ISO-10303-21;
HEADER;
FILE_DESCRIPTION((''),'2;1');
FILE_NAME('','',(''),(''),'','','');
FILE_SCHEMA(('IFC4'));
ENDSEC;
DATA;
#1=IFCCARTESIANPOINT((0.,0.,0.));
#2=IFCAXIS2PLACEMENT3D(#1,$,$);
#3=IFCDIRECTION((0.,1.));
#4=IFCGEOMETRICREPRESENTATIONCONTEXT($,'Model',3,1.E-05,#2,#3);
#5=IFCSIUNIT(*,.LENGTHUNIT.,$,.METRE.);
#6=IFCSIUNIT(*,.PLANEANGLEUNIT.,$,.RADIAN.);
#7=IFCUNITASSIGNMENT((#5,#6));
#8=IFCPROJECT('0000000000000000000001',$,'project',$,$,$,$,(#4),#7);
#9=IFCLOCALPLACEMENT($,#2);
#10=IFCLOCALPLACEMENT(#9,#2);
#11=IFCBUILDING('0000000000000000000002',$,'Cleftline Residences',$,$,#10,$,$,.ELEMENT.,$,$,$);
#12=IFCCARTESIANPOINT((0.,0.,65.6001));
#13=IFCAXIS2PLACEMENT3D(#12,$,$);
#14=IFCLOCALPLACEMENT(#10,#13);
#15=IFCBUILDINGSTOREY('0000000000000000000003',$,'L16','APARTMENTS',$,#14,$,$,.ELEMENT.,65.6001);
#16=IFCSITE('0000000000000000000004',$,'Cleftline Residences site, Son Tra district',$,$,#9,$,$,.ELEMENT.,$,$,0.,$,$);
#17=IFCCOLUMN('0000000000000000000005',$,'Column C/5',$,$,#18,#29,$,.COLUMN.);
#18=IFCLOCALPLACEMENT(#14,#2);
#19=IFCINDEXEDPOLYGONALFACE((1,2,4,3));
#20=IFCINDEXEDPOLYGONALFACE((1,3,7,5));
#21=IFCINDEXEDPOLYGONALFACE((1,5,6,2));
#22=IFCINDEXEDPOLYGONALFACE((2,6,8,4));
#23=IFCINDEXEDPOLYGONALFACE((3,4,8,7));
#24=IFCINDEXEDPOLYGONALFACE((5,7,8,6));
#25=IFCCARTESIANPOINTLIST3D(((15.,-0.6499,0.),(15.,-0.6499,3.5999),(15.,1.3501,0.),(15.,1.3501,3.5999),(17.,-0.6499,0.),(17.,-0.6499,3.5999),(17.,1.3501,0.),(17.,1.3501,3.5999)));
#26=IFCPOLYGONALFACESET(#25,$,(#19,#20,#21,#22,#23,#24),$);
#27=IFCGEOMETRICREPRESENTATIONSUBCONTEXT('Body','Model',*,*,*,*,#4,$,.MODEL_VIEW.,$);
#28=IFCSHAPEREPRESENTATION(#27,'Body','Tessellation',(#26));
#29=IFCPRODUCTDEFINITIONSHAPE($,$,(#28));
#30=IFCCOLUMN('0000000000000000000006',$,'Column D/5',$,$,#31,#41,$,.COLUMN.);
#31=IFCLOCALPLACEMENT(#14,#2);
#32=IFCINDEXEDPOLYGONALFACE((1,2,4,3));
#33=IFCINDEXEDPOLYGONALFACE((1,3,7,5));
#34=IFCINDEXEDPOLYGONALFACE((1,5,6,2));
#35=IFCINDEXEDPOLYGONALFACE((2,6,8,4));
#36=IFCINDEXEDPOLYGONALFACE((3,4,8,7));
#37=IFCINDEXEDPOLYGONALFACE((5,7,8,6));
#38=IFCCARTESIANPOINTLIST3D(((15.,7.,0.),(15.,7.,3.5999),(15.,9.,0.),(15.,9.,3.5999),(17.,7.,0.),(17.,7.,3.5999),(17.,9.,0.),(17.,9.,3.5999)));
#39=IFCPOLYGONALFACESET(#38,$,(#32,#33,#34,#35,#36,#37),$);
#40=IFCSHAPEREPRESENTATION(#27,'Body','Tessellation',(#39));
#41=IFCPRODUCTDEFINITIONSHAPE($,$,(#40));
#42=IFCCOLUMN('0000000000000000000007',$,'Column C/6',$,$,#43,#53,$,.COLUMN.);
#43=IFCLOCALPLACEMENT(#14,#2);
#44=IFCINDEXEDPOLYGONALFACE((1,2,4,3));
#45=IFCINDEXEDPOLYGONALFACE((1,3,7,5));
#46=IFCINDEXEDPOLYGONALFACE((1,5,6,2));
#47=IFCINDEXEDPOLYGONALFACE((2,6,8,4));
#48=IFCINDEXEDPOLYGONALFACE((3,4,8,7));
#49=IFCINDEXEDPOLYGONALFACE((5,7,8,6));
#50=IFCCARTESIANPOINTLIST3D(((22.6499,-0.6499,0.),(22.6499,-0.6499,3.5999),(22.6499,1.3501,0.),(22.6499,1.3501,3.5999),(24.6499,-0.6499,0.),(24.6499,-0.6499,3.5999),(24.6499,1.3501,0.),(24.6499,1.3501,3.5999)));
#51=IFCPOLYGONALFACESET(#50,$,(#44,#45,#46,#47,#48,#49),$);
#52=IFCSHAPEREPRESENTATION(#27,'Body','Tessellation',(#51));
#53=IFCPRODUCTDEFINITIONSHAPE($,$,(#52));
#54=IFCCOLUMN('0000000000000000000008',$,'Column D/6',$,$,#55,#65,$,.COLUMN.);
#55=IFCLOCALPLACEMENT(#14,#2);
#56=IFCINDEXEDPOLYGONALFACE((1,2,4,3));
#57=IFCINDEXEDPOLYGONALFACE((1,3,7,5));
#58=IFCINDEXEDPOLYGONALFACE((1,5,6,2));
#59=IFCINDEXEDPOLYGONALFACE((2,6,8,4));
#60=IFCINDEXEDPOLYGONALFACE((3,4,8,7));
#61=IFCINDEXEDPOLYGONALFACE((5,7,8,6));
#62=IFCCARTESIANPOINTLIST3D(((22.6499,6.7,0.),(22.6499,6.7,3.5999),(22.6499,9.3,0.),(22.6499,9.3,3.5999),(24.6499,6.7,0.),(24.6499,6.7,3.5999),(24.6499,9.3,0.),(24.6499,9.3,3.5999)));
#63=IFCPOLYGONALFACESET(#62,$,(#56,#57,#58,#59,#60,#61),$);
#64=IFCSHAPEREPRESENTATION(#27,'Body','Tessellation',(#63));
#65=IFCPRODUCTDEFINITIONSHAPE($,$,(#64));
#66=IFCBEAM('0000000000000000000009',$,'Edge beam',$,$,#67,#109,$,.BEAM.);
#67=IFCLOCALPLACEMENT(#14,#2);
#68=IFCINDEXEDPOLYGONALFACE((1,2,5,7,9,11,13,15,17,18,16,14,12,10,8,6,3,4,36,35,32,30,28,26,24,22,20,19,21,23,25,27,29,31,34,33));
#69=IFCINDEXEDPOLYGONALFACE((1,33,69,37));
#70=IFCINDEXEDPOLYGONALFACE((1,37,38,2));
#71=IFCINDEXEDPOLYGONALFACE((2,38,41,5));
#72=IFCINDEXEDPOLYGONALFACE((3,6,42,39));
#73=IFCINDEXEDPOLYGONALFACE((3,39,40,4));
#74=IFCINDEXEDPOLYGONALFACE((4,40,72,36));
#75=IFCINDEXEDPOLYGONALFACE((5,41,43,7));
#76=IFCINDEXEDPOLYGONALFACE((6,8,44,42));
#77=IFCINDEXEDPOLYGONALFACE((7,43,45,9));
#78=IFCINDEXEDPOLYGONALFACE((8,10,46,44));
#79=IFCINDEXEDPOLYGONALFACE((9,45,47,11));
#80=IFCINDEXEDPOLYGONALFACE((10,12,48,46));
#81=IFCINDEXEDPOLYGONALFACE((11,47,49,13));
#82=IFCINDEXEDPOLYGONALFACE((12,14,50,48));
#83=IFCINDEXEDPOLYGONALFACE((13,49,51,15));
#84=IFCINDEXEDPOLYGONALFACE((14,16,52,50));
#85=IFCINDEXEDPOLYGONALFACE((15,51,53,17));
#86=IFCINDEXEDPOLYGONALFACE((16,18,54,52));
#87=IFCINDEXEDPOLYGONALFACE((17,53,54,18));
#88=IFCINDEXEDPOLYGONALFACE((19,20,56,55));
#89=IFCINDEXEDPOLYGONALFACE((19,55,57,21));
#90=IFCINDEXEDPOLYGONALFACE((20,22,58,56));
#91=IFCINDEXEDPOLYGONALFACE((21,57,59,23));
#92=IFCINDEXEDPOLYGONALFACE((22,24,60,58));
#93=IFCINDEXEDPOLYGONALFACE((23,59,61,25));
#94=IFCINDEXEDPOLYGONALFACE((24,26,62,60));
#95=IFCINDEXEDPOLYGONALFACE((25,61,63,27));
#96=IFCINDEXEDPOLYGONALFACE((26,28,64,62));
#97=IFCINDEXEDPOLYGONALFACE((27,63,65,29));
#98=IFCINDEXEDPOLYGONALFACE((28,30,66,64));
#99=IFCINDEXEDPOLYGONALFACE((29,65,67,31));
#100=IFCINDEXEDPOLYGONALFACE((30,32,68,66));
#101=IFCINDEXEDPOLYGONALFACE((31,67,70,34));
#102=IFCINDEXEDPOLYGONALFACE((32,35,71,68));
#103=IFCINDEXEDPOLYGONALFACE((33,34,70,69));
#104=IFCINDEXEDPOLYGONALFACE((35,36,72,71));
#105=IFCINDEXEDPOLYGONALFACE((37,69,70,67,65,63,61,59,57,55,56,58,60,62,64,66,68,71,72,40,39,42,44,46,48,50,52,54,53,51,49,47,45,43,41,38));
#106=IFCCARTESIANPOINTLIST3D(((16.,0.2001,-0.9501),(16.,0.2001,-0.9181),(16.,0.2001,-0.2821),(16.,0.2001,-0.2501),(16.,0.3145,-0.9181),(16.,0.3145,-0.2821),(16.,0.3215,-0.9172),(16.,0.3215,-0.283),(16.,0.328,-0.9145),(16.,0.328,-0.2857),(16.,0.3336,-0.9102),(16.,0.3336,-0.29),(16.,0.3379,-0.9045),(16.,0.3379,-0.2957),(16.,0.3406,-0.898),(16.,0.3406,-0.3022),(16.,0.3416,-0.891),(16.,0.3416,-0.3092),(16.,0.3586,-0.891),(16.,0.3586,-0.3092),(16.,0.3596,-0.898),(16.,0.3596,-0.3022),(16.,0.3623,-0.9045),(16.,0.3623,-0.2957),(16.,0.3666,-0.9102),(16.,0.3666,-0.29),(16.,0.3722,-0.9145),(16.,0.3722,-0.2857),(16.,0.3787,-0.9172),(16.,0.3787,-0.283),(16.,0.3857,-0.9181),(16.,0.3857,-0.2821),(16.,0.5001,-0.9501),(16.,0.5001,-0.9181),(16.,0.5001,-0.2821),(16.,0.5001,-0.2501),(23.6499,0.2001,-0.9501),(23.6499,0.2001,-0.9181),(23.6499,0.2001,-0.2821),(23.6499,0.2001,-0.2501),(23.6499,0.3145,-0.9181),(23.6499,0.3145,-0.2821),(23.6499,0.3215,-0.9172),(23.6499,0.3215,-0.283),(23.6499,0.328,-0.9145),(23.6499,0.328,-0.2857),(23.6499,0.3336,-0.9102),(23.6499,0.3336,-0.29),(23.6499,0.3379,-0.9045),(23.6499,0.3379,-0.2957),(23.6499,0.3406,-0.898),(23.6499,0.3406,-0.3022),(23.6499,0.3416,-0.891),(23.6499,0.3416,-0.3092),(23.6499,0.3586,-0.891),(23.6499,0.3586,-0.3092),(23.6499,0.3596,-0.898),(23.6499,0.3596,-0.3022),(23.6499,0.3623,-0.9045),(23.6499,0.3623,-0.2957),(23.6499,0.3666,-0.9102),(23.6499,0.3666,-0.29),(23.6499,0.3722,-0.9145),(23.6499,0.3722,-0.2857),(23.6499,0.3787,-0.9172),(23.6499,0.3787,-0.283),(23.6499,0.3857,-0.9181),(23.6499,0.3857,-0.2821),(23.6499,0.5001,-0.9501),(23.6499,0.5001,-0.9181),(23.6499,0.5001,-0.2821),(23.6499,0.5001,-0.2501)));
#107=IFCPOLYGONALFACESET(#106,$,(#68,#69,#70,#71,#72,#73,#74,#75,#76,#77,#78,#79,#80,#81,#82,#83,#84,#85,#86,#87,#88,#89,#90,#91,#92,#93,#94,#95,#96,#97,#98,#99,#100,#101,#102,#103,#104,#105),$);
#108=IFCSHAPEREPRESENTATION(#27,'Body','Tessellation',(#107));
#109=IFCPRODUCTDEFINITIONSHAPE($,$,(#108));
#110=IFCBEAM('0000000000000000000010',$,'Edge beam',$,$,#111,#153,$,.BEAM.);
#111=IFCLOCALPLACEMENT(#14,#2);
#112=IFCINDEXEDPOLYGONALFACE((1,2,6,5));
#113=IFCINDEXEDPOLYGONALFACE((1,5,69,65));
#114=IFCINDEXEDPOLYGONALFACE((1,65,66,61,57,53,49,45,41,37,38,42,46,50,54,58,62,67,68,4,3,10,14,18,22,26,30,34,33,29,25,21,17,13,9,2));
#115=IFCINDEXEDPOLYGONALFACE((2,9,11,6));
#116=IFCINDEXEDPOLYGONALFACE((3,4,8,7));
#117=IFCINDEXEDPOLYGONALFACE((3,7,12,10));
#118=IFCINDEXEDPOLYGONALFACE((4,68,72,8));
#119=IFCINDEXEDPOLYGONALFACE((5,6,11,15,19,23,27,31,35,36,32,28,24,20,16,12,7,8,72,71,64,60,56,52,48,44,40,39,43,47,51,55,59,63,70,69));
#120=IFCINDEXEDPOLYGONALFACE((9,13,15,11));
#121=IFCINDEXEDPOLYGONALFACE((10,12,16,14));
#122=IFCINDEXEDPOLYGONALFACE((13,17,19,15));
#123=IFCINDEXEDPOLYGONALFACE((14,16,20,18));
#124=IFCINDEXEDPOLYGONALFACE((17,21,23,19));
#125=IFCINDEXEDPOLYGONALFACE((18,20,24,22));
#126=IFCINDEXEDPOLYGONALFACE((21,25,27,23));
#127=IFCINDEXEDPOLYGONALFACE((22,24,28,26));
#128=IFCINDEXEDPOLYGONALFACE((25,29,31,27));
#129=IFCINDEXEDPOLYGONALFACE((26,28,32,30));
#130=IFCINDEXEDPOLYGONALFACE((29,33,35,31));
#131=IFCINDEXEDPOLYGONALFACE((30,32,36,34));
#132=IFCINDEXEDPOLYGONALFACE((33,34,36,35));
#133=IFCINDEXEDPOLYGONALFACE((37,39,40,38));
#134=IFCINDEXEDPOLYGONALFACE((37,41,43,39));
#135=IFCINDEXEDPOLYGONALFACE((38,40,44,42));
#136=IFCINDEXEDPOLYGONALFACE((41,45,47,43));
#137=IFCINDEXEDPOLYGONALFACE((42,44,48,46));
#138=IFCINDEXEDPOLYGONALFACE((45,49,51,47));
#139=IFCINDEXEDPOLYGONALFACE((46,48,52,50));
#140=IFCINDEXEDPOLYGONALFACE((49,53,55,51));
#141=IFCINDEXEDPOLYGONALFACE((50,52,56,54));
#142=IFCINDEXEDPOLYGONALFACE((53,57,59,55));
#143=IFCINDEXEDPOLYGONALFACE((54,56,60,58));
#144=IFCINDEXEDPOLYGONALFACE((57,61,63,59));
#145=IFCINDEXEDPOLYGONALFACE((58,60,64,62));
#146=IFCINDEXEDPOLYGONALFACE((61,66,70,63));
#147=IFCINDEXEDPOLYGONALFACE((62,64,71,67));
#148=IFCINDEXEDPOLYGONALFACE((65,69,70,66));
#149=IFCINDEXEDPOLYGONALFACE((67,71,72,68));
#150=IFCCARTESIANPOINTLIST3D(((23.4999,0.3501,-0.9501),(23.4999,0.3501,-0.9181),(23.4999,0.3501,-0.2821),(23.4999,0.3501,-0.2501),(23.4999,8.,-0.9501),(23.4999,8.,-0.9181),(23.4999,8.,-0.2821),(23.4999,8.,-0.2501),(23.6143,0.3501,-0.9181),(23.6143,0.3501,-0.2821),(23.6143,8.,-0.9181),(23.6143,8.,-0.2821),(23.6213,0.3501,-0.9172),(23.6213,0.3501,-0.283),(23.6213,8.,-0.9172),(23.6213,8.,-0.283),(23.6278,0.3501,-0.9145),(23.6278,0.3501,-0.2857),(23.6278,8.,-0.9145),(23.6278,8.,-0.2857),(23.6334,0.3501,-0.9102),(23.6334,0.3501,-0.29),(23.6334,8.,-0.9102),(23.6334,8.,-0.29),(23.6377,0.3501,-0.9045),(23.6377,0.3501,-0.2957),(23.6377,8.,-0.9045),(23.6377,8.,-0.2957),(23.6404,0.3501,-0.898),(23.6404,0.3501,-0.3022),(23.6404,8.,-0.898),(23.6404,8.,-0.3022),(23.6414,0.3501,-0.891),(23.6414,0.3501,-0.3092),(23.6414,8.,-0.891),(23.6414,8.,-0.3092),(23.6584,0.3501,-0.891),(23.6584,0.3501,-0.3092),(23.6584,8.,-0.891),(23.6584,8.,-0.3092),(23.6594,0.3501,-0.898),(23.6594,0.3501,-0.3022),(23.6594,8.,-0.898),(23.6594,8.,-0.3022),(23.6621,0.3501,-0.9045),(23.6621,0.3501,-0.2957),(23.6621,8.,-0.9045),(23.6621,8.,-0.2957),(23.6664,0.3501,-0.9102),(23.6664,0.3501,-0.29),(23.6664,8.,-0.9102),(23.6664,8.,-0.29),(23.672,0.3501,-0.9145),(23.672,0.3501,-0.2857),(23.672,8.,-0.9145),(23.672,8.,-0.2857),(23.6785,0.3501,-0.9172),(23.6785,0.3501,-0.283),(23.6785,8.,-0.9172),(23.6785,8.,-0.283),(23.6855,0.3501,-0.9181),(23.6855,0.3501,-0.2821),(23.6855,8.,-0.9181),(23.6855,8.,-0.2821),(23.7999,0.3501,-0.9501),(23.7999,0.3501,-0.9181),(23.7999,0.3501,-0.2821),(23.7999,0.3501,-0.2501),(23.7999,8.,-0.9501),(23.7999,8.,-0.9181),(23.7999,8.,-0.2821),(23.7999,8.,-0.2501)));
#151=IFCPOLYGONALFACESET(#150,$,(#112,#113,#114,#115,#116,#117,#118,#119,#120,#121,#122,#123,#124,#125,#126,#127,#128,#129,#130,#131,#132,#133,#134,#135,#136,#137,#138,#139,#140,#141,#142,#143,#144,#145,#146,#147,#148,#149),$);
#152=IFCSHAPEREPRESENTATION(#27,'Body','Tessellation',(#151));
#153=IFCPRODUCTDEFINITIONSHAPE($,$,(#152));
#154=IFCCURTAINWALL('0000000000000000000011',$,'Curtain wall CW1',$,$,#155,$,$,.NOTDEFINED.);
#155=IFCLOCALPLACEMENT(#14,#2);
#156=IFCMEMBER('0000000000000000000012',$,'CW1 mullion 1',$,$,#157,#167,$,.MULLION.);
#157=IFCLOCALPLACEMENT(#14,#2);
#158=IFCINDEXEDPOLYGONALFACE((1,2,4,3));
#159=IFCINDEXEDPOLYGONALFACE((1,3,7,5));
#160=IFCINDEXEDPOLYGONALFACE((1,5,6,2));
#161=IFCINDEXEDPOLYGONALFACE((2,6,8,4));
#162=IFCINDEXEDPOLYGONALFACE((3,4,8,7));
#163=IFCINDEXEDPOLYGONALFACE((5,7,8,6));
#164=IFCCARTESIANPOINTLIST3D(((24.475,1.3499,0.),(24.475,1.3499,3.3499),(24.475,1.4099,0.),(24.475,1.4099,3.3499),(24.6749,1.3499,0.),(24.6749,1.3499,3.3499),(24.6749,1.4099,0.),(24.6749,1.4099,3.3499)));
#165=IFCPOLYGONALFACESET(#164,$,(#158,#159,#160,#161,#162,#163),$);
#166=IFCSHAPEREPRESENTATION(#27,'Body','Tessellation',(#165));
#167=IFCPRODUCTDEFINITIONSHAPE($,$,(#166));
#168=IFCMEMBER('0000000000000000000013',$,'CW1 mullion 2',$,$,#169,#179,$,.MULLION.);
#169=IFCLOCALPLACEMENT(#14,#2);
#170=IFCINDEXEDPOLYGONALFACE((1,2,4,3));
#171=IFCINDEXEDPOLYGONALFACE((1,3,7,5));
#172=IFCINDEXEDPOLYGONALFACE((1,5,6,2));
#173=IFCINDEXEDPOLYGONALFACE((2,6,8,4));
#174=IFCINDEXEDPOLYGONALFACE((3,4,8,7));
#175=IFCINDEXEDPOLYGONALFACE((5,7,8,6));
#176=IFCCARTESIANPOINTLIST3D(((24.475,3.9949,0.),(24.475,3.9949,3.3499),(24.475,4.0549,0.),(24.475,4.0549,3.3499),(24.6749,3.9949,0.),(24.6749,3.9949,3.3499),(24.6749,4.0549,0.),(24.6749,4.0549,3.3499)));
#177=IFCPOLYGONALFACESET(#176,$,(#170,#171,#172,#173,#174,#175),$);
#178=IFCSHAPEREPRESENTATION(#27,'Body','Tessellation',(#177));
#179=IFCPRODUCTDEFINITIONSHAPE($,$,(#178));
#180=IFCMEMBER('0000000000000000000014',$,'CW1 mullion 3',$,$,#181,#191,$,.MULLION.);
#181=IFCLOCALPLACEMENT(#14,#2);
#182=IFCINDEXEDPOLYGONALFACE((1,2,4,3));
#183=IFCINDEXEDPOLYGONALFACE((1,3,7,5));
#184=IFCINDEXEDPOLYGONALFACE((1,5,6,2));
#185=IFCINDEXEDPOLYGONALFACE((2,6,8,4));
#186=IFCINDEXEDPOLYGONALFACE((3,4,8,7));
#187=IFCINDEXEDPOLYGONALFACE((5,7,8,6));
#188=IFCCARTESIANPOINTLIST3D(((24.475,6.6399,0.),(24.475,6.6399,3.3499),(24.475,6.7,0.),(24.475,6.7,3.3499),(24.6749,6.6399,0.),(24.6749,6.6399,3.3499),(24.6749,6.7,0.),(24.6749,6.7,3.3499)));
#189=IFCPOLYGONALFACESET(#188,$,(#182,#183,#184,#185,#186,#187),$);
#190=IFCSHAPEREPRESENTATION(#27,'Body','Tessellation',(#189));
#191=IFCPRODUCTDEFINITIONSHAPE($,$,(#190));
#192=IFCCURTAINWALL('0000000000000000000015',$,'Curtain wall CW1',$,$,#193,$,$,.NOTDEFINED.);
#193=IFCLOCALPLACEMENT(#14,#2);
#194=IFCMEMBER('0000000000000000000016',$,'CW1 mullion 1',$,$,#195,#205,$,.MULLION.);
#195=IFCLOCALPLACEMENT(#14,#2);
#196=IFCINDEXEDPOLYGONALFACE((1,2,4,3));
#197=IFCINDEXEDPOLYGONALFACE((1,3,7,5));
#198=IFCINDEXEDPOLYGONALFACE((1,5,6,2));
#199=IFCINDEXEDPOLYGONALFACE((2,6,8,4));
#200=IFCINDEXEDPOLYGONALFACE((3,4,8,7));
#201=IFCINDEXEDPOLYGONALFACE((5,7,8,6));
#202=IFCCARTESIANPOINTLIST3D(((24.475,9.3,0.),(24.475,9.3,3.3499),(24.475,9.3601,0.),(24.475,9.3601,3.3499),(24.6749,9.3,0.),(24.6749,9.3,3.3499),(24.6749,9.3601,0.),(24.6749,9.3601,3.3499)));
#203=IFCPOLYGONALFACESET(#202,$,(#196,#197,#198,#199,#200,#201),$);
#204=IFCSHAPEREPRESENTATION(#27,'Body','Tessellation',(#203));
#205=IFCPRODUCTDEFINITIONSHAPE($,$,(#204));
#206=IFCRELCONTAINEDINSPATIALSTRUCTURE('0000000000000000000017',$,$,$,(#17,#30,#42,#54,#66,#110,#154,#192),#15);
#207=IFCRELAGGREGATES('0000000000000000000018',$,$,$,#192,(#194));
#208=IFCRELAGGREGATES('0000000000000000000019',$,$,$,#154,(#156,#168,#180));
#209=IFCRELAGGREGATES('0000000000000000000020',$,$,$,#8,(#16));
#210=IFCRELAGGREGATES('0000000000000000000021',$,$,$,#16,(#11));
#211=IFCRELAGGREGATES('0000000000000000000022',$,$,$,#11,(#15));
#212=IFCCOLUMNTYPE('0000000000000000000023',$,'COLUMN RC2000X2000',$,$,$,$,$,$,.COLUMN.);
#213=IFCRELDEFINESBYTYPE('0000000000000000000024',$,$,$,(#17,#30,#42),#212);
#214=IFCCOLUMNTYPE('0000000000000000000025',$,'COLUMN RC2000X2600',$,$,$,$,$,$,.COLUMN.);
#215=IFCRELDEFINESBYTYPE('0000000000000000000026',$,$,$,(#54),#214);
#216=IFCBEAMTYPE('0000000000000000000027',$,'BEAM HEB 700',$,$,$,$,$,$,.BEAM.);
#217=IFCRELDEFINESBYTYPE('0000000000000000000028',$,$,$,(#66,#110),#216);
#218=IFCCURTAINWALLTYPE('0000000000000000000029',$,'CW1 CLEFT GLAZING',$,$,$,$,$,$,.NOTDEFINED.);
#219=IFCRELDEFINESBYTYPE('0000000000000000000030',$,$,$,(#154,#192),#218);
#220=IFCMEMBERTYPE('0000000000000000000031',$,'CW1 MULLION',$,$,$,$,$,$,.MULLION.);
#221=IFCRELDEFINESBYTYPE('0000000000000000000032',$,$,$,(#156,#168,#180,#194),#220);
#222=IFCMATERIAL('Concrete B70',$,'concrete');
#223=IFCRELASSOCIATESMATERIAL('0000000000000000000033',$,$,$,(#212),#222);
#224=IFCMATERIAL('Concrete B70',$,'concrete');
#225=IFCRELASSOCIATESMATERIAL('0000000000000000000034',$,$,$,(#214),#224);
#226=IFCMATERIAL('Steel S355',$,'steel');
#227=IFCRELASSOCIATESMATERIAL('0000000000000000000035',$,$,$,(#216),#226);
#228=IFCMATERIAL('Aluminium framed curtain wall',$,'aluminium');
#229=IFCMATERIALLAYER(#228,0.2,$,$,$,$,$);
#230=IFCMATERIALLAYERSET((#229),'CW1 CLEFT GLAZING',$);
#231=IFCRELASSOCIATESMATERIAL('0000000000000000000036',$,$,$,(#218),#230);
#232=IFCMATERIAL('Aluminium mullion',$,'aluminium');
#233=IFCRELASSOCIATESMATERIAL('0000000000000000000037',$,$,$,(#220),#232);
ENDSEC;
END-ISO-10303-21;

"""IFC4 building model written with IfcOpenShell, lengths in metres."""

from ifc_helpers import new_model, si_unit, direction, frame, origin, origin_2d, place, context, subcontext, project, spatial, rectangle, i_section, extrude, material, layer, layer_set, material_profile, profile_set, type_object, element, aggregate, save


model = new_model("IFC4")

# Units and contexts
model_context = context("Model", 3, precision=1e-05, world=origin(), true_north=direction((0.0, 1.0)))
body_context = subcontext(model_context, "Body", "Model", "MODEL_VIEW")
ifc_project = project(units=[si_unit("LENGTHUNIT", "METRE"), si_unit("PLANEANGLEUNIT", "RADIAN")], contexts=[model_context])

# Site, building, storey
site_placement = place(None, origin())
site = spatial("IfcSite", under=ifc_project, at=site_placement, Name="Cleftline Residences site, Son Tra district", CompositionType="ELEMENT", RefElevation=0.0)
building_placement = place(site_placement, origin())
building = spatial("IfcBuilding", under=site, at=building_placement, Name="Cleftline Residences", CompositionType="ELEMENT")
storey_placement = place(building_placement, frame((0.0, 0.0, 65.6001)))
storey = spatial("IfcBuildingStorey", under=building, at=storey_placement, Name="L16", Description="APARTMENTS", CompositionType="ELEMENT", Elevation=65.6001)

# Columns
ifc_material_1 = material(Name="Concrete B70", Category="concrete")
ifc_material_profile_1 = material_profile(ifc_material_1, rectangle(XDim=2.0, YDim=2.0, at=origin_2d()))
ifc_profile_set_1 = profile_set([ifc_material_profile_1], Name="Concrete B70")
column_type_1 = type_object("IfcColumnType", Name="COLUMN RC2000X2000", PredefinedType="COLUMN", material=ifc_profile_set_1)
for number, where, z_axis, x_axis, name in (
    (1, (16.0, 0.3501, 0.0), (0.0, 0.0, 1.0), (1.0, 0.0, 0.0), "Column C/5"),
    (2, (16.0, 8.0, 0.0), (0.0, 0.0, 1.0), (1.0, 0.0, 0.0), "Column D/5"),
    (3, (23.6499, 0.3501, 0.0), (0.0, 0.0, 1.0), (1.0, 0.0, 0.0), "Column C/6"),
):
    element("IfcColumn", number, at=place(storey_placement, frame(where, z_axis=z_axis, x_axis=x_axis)), inside=storey, type_object=column_type_1, Name=name, PredefinedType="COLUMN", context=body_context, shape_type="SweptSolid", body=[
        extrude(rectangle(XDim=2.0, YDim=2.0, at=origin_2d()), origin(), (0.0, 0.0, 1.0), 3.5999),
    ])
ifc_material_2 = material(Name="Concrete B70", Category="concrete")
ifc_material_profile_2 = material_profile(ifc_material_2, rectangle(XDim=2.0, YDim=2.6001, at=origin_2d()))
ifc_profile_set_2 = profile_set([ifc_material_profile_2], Name="Concrete B70")
column_type_2 = type_object("IfcColumnType", Name="COLUMN RC2000X2600", PredefinedType="COLUMN", material=ifc_profile_set_2)
column_placement = place(storey_placement, frame((23.6499, 8.0, 0.0), z_axis=(0.0, 0.0, 1.0), x_axis=(1.0, 0.0, 0.0)))
element("IfcColumn", 4, at=column_placement, inside=storey, type_object=column_type_2, Name="Column D/6", PredefinedType="COLUMN", context=body_context, shape_type="SweptSolid", body=[
    extrude(rectangle(XDim=2.0, YDim=2.6001, at=origin_2d()), origin(), (0.0, 0.0, 1.0), 3.5999),
])

# Beams
ifc_material_3 = material(Name="Steel S355", Category="steel")
ifc_material_profile_3 = material_profile(ifc_material_3, i_section(OverallWidth=0.3, OverallDepth=0.7, WebThickness=0.0171, FlangeThickness=0.032, FilletRadius=0.0271, at=origin_2d()))
ifc_profile_set_3 = profile_set([ifc_material_profile_3], Name="Steel S355")
beam_type = type_object("IfcBeamType", Name="BEAM HEB 700", PredefinedType="BEAM", material=ifc_profile_set_3)
for number, where, z_axis, x_axis, name in (
    (5, (16.0, 0.3501, -0.6001), (1.0, 0.0, 0.0), (0.0, 1.0, 0.0), "Edge beam"),
    (6, (23.6499, 0.3501, -0.6001), (0.0, 1.0, 0.0), (-1.0, 0.0, 0.0), "Edge beam"),
):
    element("IfcBeam", number, at=place(storey_placement, frame(where, z_axis=z_axis, x_axis=x_axis)), inside=storey, type_object=beam_type, Name=name, PredefinedType="BEAM", context=body_context, shape_type="SweptSolid", body=[
        extrude(i_section(OverallWidth=0.3, OverallDepth=0.7, WebThickness=0.0171, FlangeThickness=0.032, FilletRadius=0.0271, at=origin_2d()), origin(), (0.0, 0.0, 1.0), 7.6499),
    ])

# Curtain wall, members
ifc_material_4 = material(Name="Aluminium framed curtain wall", Category="aluminium")
ifc_layer_1 = layer(ifc_material_4, 0.2)
ifc_layer_set_1 = layer_set([ifc_layer_1], Name="CW1 CLEFT GLAZING")
curtain_wall_type = type_object("IfcCurtainWallType", Name="CW1 CLEFT GLAZING", PredefinedType="NOTDEFINED", material=ifc_layer_set_1)
curtain_wall_1_placement = place(storey_placement, origin())
curtain_wall_1 = element("IfcCurtainWall", 7, at=curtain_wall_1_placement, inside=storey, type_object=curtain_wall_type, Name="Curtain wall CW1", PredefinedType="NOTDEFINED")
ifc_material_5 = material(Name="Aluminium mullion", Category="aluminium")
ifc_material_profile_4 = material_profile(ifc_material_5, rectangle(XDim=0.2, YDim=0.0601, at=origin_2d()))
ifc_profile_set_4 = profile_set([ifc_material_profile_4], Name="Aluminium mullion")
member_type_1 = type_object("IfcMemberType", Name="CW1 MULLION", PredefinedType="MULLION", material=ifc_profile_set_4)
member_1_placement = place(storey_placement, frame((24.575, 1.3799, 0.0), z_axis=(0.0, 0.0, 1.0), x_axis=(-1.0, 0.0, 0.0)))
member_1 = element("IfcMember", 8, at=member_1_placement, type_object=member_type_1, Name="CW1 mullion 1", PredefinedType="MULLION", context=body_context, shape_type="SweptSolid", body=[
    extrude(rectangle(XDim=0.2, YDim=0.0601, at=origin_2d()), origin(), (0.0, 0.0, 1.0), 3.3499),
])
member_2_placement = place(storey_placement, frame((24.575, 4.0249, 0.0), z_axis=(0.0, 0.0, 1.0), x_axis=(-1.0, 0.0, 0.0)))
member_2 = element("IfcMember", 9, at=member_2_placement, type_object=member_type_1, Name="CW1 mullion 2", PredefinedType="MULLION", context=body_context, shape_type="SweptSolid", body=[
    extrude(rectangle(XDim=0.2, YDim=0.0601, at=origin_2d()), origin(), (0.0, 0.0, 1.0), 3.3499),
])
member_3_placement = place(storey_placement, frame((24.575, 6.6699, 0.0), z_axis=(0.0, 0.0, 1.0), x_axis=(-1.0, 0.0, 0.0)))
member_3 = element("IfcMember", 10, at=member_3_placement, type_object=member_type_1, Name="CW1 mullion 3", PredefinedType="MULLION", context=body_context, shape_type="SweptSolid", body=[
    extrude(rectangle(XDim=0.2, YDim=0.0601, at=origin_2d()), origin(), (0.0, 0.0, 1.0), 3.3499),
])

# Curtain wall, member
curtain_wall_2_placement = place(storey_placement, origin())
curtain_wall_2 = element("IfcCurtainWall", 11, at=curtain_wall_2_placement, inside=storey, type_object=curtain_wall_type, Name="Curtain wall CW1", PredefinedType="NOTDEFINED")
member_4_placement = place(storey_placement, frame((24.575, 9.3301, 0.0), z_axis=(0.0, 0.0, 1.0), x_axis=(-1.0, 0.0, 0.0)))
member_4 = element("IfcMember", 12, at=member_4_placement, type_object=member_type_1, Name="CW1 mullion 1", PredefinedType="MULLION", context=body_context, shape_type="SweptSolid", body=[
    extrude(rectangle(XDim=0.2, YDim=0.0601, at=origin_2d()), origin(), (0.0, 0.0, 1.0), 3.3499),
])

aggregate(curtain_wall_2, [member_4])

aggregate(curtain_wall_1, [member_1, member_2, member_3])

save(model, "model.ifc")
